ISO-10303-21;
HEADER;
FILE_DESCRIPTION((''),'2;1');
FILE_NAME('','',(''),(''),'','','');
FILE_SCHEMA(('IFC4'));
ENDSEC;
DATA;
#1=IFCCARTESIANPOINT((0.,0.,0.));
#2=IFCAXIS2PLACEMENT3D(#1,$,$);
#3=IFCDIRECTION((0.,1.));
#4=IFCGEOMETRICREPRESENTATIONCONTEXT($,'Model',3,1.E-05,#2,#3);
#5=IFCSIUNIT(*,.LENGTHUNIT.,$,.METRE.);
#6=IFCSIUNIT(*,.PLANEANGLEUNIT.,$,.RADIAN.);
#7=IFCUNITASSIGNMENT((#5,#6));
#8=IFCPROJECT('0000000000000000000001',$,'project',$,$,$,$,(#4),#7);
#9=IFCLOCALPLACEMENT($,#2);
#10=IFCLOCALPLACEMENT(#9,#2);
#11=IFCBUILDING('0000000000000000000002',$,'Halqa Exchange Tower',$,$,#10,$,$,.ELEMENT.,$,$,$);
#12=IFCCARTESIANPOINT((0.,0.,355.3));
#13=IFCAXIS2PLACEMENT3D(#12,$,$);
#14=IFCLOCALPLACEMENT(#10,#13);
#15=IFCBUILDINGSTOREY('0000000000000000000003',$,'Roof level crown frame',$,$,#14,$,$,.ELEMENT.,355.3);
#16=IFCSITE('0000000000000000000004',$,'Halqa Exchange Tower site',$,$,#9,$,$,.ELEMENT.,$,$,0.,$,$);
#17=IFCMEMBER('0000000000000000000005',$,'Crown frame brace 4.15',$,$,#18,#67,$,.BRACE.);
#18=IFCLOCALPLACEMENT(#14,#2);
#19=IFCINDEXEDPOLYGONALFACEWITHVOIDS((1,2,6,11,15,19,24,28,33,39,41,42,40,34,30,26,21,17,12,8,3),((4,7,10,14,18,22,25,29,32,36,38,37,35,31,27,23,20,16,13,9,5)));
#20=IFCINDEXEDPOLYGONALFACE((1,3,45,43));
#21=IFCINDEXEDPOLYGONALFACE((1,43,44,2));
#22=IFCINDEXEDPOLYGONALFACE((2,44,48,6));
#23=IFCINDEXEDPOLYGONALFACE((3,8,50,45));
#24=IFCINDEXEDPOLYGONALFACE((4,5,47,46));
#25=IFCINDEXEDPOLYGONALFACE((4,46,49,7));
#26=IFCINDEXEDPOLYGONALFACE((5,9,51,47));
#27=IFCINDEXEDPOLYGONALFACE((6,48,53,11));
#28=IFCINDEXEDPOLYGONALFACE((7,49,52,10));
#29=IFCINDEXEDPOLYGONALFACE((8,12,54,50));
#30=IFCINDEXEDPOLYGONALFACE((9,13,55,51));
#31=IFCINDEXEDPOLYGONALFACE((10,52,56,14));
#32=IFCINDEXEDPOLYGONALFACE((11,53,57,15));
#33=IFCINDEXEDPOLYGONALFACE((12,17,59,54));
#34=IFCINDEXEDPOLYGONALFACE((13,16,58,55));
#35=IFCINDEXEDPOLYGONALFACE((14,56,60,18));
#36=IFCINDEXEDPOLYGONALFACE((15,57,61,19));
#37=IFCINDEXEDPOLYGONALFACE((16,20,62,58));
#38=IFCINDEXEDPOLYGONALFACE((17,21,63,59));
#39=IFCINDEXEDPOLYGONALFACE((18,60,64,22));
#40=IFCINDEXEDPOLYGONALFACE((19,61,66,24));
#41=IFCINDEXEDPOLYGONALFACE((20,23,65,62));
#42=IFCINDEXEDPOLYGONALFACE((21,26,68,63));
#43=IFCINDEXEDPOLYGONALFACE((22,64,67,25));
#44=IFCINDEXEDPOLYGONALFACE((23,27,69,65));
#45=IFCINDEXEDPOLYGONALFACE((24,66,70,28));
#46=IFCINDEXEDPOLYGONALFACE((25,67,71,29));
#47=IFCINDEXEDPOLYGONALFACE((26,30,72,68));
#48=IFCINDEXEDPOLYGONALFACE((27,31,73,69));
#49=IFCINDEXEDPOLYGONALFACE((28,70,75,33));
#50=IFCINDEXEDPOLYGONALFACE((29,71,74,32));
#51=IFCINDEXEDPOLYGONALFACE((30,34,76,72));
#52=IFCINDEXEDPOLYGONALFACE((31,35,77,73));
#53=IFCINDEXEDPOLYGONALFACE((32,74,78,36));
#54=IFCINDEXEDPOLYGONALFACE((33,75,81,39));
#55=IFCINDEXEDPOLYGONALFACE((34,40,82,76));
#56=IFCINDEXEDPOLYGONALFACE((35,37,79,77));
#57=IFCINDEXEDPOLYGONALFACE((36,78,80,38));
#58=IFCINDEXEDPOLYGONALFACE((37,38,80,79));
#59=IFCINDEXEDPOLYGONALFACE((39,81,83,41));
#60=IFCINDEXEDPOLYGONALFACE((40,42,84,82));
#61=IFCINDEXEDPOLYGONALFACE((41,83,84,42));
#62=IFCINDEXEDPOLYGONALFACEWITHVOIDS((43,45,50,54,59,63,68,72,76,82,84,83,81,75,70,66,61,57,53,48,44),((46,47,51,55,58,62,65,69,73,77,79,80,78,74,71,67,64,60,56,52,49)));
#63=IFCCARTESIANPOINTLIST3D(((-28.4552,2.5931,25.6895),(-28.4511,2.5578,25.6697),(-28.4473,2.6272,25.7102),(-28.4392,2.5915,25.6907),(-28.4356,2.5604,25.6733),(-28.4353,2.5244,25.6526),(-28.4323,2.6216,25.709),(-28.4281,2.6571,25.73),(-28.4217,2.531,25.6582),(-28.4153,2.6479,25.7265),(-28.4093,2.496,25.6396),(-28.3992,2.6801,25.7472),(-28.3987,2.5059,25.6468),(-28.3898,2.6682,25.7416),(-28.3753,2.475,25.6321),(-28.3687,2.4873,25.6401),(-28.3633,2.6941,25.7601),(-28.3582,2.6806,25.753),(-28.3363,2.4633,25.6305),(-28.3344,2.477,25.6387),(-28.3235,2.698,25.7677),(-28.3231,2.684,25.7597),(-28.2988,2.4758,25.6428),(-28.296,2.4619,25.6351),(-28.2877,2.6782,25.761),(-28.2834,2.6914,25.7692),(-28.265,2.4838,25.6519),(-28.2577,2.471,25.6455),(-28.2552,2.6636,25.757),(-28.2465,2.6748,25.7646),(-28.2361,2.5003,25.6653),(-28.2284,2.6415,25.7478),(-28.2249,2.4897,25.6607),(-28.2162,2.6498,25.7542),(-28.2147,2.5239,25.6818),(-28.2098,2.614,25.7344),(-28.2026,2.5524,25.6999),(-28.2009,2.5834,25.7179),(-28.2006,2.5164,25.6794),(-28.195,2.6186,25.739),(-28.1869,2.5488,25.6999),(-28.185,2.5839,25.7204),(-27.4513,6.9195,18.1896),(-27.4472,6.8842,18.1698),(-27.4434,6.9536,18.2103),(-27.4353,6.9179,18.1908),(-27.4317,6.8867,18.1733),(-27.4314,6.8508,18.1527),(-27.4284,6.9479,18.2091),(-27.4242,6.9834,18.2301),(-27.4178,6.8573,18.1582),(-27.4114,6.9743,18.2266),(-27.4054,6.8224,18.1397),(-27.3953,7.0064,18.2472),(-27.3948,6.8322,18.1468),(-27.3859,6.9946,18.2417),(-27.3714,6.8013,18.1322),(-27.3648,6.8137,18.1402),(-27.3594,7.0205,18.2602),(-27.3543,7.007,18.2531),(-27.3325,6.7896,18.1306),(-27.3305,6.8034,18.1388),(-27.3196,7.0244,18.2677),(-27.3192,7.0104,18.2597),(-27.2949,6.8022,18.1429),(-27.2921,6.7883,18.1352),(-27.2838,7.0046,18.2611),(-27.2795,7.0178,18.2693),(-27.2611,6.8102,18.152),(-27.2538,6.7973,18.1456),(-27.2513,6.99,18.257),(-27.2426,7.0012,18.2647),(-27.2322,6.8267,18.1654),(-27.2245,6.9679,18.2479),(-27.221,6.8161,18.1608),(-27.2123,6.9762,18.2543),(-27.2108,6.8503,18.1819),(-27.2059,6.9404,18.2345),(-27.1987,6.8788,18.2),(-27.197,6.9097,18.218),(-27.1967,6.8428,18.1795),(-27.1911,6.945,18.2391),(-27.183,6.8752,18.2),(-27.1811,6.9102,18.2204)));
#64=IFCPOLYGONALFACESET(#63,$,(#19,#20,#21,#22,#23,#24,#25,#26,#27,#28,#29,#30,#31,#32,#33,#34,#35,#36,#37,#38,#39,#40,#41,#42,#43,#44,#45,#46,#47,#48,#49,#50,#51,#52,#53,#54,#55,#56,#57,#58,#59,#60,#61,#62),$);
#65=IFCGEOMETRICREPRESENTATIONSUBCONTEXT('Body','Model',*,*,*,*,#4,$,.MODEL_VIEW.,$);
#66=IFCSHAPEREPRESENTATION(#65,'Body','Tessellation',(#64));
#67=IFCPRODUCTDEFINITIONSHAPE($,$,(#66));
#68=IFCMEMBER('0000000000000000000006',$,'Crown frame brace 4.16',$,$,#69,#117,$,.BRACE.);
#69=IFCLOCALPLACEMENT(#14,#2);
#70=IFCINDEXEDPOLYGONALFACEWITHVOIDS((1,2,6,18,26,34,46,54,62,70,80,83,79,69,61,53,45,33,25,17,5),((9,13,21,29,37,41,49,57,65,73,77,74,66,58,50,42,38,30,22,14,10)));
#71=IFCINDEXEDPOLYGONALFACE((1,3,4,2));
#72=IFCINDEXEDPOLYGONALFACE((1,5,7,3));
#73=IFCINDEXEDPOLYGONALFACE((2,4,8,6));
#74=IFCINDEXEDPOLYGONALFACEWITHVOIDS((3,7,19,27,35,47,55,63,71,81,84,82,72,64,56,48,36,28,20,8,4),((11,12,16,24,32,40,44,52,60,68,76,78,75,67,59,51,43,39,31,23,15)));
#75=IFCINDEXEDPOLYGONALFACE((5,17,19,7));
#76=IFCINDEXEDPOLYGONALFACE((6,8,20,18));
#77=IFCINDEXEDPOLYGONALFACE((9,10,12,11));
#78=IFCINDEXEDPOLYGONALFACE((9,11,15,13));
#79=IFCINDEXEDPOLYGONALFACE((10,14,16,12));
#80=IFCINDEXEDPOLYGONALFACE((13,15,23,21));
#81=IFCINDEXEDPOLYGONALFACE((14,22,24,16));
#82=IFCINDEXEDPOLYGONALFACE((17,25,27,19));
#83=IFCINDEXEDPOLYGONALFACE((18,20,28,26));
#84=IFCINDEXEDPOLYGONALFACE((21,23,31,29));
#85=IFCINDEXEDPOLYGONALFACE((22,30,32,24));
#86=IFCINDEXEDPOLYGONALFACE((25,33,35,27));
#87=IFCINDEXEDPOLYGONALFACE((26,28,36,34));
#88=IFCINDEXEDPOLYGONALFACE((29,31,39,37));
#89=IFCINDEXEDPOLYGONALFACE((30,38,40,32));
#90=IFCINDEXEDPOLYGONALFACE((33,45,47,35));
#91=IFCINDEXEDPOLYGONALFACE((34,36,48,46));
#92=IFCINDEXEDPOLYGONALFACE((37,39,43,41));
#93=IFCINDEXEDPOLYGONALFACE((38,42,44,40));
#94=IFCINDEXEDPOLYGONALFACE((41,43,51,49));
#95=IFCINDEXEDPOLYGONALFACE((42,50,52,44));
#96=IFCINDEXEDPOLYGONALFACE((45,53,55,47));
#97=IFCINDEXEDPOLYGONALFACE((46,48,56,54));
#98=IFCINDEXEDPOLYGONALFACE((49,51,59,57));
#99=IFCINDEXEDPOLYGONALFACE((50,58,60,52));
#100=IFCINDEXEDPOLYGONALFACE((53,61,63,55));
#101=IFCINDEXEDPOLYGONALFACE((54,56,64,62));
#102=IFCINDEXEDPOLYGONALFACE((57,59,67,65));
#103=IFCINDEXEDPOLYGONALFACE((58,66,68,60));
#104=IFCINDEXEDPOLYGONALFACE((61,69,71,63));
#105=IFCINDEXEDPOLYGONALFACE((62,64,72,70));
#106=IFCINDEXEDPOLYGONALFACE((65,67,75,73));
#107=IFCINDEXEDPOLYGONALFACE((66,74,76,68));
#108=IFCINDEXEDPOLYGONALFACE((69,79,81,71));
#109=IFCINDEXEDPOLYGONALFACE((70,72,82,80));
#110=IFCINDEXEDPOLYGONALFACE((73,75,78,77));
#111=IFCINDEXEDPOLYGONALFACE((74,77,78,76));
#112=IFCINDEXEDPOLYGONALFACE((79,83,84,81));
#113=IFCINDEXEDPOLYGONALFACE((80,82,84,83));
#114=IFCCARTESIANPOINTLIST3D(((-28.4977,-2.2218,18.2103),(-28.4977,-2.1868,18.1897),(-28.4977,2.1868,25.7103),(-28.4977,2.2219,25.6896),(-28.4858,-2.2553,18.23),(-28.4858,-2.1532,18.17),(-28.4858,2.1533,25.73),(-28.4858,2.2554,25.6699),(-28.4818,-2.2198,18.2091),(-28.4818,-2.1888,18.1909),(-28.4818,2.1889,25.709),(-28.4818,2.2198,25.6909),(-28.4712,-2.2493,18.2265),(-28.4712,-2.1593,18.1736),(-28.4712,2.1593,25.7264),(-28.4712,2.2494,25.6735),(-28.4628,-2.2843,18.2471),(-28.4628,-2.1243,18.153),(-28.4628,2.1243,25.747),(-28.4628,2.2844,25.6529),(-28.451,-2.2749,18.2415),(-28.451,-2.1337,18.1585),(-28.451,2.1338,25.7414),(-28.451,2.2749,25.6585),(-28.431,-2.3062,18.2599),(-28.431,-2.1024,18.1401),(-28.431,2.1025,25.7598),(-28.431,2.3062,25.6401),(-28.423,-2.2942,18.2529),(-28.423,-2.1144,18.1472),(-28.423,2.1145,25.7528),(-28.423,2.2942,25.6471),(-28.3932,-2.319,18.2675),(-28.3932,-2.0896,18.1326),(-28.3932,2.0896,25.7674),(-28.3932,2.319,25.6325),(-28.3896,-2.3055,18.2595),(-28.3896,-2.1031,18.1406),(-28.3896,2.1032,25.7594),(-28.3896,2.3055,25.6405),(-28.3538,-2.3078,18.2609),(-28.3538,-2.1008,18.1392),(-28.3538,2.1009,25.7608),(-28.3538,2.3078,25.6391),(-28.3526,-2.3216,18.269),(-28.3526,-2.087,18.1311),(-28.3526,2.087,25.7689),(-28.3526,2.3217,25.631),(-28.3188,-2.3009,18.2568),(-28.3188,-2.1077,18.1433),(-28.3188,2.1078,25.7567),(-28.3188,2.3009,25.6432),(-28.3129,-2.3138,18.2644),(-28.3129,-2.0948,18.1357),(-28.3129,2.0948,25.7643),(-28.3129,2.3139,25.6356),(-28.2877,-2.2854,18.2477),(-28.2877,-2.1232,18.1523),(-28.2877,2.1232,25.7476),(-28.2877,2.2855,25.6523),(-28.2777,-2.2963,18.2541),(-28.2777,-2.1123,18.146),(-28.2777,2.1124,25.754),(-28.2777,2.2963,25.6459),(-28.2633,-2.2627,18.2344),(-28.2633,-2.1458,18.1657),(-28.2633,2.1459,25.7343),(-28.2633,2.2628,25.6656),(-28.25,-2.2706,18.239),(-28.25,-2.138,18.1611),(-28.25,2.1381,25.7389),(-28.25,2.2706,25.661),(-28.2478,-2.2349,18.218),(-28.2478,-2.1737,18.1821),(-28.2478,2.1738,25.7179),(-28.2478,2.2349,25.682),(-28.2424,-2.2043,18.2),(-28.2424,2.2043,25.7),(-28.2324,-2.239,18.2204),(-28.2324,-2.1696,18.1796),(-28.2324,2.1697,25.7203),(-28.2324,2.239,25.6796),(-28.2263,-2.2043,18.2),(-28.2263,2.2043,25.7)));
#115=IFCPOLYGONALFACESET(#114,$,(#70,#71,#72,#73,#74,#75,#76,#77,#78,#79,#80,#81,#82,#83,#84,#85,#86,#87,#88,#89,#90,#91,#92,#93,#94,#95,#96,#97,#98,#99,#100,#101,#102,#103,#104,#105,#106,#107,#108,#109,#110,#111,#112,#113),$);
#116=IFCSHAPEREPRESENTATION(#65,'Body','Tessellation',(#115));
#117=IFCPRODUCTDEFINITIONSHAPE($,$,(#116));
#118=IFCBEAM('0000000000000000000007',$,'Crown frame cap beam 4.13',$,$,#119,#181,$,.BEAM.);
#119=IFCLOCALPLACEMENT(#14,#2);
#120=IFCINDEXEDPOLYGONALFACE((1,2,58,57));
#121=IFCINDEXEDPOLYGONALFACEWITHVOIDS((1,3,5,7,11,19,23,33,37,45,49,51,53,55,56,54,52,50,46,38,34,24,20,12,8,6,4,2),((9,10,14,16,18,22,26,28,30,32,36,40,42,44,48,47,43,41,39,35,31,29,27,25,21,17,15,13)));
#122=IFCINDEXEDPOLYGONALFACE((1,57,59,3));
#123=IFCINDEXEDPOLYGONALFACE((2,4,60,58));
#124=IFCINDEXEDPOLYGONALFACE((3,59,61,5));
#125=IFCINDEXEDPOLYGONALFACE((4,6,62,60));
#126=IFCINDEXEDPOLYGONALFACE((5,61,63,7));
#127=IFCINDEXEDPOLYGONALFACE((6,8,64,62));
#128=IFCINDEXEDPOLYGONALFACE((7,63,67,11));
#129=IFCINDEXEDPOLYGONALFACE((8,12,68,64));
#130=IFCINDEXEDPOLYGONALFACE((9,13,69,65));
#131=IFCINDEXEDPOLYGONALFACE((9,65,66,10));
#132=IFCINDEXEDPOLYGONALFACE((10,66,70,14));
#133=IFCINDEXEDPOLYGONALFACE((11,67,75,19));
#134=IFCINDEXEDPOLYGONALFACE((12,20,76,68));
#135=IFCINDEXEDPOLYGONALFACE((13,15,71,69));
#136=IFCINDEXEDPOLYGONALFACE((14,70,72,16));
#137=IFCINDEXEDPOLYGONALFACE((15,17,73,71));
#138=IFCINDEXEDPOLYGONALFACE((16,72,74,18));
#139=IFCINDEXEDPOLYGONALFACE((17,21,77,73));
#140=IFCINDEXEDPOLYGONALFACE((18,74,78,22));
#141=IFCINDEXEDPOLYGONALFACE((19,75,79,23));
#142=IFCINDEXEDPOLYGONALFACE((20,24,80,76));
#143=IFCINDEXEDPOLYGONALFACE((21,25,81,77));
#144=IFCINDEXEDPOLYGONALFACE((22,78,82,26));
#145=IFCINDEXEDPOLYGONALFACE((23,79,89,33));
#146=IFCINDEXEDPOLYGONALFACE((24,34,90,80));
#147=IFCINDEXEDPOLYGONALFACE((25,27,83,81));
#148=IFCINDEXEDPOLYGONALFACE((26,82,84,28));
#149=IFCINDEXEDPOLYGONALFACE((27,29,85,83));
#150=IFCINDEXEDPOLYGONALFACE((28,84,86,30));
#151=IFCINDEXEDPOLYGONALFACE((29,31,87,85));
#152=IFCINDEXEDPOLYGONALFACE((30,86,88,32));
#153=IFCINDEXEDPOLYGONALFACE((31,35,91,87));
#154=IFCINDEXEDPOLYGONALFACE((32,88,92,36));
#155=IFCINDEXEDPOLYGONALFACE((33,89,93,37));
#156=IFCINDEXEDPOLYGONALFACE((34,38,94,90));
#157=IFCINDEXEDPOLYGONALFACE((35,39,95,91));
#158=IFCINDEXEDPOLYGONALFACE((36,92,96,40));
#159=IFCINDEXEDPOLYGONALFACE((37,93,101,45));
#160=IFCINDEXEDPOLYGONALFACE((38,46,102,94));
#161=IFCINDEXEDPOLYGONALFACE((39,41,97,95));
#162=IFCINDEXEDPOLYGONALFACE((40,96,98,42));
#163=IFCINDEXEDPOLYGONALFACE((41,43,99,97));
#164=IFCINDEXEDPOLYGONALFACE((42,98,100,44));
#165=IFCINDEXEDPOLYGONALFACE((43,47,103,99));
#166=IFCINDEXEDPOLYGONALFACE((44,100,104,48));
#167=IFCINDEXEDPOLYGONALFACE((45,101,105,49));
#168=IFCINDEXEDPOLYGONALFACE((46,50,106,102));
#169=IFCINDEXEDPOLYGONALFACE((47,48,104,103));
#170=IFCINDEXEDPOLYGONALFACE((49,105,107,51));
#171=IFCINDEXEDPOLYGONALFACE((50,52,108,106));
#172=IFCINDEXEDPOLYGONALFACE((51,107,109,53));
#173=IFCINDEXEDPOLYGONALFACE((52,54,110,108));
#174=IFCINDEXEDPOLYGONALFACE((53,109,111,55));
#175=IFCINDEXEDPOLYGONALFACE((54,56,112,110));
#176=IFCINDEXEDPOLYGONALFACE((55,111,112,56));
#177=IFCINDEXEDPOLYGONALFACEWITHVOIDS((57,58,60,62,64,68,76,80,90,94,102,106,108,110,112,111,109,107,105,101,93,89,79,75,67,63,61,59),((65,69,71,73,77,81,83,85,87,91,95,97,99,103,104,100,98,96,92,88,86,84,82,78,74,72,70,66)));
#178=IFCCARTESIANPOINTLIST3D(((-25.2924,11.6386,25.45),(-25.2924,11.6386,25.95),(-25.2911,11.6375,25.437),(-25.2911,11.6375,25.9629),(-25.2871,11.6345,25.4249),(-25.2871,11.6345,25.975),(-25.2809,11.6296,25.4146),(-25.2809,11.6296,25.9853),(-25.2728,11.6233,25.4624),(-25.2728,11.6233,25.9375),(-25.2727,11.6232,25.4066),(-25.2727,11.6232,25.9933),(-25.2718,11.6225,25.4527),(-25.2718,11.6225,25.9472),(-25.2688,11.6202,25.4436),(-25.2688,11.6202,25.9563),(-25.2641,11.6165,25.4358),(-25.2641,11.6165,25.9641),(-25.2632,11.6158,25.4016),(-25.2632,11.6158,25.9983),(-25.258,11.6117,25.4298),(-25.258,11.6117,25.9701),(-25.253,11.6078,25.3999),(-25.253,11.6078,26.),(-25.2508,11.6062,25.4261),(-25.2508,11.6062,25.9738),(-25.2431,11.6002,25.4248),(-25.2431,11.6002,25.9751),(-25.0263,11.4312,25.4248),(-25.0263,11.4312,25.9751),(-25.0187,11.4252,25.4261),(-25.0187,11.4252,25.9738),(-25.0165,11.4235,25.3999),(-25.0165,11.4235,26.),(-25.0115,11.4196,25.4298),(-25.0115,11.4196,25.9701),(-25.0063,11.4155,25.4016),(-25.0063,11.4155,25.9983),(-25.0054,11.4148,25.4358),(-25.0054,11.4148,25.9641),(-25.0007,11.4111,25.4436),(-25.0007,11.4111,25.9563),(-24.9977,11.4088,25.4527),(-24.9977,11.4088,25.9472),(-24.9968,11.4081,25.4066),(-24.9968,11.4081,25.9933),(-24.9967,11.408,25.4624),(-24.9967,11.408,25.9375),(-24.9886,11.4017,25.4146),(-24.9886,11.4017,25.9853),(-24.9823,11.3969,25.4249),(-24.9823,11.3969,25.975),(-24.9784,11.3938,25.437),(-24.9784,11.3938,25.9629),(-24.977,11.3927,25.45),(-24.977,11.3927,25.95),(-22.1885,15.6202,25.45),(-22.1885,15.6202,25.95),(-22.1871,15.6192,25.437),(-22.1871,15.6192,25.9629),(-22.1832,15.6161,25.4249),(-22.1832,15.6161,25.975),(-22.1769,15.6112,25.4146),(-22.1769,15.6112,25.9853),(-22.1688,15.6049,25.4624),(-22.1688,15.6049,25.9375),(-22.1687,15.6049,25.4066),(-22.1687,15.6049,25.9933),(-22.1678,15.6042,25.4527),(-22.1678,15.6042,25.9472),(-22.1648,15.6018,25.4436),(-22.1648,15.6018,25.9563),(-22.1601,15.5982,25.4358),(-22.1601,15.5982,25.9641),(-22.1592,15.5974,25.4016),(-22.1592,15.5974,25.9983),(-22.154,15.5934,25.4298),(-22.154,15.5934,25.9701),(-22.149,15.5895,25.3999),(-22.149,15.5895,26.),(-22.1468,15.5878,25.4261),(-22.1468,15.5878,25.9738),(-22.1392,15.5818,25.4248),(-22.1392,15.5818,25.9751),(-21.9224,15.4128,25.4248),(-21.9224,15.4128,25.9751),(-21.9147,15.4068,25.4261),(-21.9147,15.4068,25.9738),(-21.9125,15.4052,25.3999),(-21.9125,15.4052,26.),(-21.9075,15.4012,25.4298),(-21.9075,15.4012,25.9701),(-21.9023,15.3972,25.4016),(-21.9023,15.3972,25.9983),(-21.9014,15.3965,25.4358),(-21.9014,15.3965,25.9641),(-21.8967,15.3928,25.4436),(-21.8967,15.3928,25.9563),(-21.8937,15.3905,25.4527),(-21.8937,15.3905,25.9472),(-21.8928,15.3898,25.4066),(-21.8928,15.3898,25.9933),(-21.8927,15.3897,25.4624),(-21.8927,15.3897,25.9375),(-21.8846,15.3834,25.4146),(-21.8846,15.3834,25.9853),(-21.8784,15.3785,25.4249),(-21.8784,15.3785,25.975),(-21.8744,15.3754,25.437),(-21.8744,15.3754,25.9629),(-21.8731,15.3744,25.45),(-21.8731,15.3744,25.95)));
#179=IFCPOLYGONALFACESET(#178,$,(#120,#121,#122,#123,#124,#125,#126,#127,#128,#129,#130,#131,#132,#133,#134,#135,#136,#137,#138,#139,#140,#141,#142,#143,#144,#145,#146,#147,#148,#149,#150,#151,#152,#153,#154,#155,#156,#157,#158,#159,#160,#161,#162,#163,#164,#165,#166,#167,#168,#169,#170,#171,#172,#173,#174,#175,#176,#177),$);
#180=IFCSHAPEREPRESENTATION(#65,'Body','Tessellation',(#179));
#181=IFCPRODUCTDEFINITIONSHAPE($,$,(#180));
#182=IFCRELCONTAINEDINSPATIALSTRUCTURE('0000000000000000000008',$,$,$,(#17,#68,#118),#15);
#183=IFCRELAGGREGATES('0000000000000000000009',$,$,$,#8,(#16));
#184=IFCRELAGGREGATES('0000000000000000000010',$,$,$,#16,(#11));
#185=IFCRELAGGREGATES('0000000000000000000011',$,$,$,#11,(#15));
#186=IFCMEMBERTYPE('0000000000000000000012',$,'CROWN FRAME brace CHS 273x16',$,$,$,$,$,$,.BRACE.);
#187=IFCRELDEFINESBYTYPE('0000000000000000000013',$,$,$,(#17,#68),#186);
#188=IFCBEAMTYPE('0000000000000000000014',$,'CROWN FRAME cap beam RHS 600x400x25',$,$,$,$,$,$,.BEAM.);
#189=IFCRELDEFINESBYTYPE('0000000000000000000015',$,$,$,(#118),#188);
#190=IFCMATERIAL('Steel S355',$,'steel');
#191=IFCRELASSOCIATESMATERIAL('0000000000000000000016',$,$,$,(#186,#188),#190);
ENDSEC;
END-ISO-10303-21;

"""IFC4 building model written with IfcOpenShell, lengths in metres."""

from ifc_helpers import new_model, si_unit, direction, frame, origin, origin_2d, place, context, subcontext, project, spatial, hollow_rectangle, hollow_circle, extrude, material, material_profile, profile_set, type_object, element, save


model = new_model("IFC4")

# Units and contexts
model_context = context("Model", 3, precision=1e-05, world=origin(), true_north=direction((0.0, 1.0)))
body_context = subcontext(model_context, "Body", "Model", "MODEL_VIEW")
ifc_project = project(units=[si_unit("LENGTHUNIT", "METRE"), si_unit("PLANEANGLEUNIT", "RADIAN")], contexts=[model_context])

# Site, building, storey
site_placement = place(None, origin())
site = spatial("IfcSite", under=ifc_project, at=site_placement, Name="Halqa Exchange Tower site", CompositionType="ELEMENT", RefElevation=0.0)
building_placement = place(site_placement, origin())
building = spatial("IfcBuilding", under=site, at=building_placement, Name="Halqa Exchange Tower", CompositionType="ELEMENT")
storey_placement = place(building_placement, frame((0.0, 0.0, 355.3)))
storey = spatial("IfcBuildingStorey", under=building, at=storey_placement, Name="Roof level crown frame", CompositionType="ELEMENT", Elevation=355.3)

# Members
ifc_material_1 = material(Name="Steel S355", Category="steel")
ifc_material_profile_1 = material_profile(ifc_material_1, hollow_circle(Radius=0.1365, WallThickness=0.0161, at=origin_2d()), Name="CHS 273x16")
ifc_profile_set_1 = profile_set([ifc_material_profile_1], Name="Steel S355")
member_type = type_object("IfcMemberType", Name="CROWN FRAME brace CHS 273x16", PredefinedType="BRACE", material=ifc_profile_set_1)
member_1_placement = place(storey_placement, frame((-27.3159, 6.906, 18.2), z_axis=(-0.115174, -0.496353, 0.860447), x_axis=(0.974119, -0.226036, 0.0)))
element("IfcMember", 1, at=member_1_placement, inside=storey, type_object=member_type, Name="Crown frame brace 4.15", PredefinedType="BRACE", context=body_context, shape_type="SweptSolid", body=[
    extrude(hollow_circle(Radius=0.1365, WallThickness=0.0161, at=origin_2d()), origin(), (0.0, 0.0, 1.0), 8.7163),
])
member_2_placement = place(storey_placement, frame((-28.3628, 2.2043, 25.7), z_axis=(0.0, -0.506758, -0.862089), x_axis=(1.0, 0.0, 0.0)))
element("IfcMember", 2, at=member_2_placement, inside=storey, type_object=member_type, Name="Crown frame brace 4.16", PredefinedType="BRACE", context=body_context, shape_type="SweptSolid", body=[
    extrude(hollow_circle(Radius=0.1365, WallThickness=0.0161, at=origin_2d()), origin(), (0.0, 0.0, 1.0), 8.6997),
])

# Beam
ifc_material_profile_2 = material_profile(ifc_material_1, hollow_rectangle(XDim=0.3999, YDim=0.6001, WallThickness=0.0249, InnerFilletRadius=0.0376, OuterFilletRadius=0.05, at=origin_2d()), Name="RHS 600x400x25")
ifc_profile_set_2 = profile_set([ifc_material_profile_2], Name="Steel S355")
beam_type_1 = type_object("IfcBeamType", Name="CROWN FRAME cap beam RHS 600x400x25", PredefinedType="BEAM", material=ifc_profile_set_2)
beam_1_placement = place(storey_placement, frame((-22.0308, 15.4973, 25.7), z_axis=(-0.614821, -0.788667, 0.0), x_axis=(0.788667, -0.614821, 0.0)))
element("IfcBeam", 3, at=beam_1_placement, inside=storey, type_object=beam_type_1, Name="Crown frame cap beam 4.13", PredefinedType="BEAM", context=body_context, shape_type="SweptSolid", body=[
    extrude(hollow_rectangle(XDim=0.3999, YDim=0.6001, WallThickness=0.0249, InnerFilletRadius=0.0376, OuterFilletRadius=0.05, at=origin_2d()), origin(), (0.0, 0.0, 1.0), 5.0486),
])

save(model, "model.ifc")
